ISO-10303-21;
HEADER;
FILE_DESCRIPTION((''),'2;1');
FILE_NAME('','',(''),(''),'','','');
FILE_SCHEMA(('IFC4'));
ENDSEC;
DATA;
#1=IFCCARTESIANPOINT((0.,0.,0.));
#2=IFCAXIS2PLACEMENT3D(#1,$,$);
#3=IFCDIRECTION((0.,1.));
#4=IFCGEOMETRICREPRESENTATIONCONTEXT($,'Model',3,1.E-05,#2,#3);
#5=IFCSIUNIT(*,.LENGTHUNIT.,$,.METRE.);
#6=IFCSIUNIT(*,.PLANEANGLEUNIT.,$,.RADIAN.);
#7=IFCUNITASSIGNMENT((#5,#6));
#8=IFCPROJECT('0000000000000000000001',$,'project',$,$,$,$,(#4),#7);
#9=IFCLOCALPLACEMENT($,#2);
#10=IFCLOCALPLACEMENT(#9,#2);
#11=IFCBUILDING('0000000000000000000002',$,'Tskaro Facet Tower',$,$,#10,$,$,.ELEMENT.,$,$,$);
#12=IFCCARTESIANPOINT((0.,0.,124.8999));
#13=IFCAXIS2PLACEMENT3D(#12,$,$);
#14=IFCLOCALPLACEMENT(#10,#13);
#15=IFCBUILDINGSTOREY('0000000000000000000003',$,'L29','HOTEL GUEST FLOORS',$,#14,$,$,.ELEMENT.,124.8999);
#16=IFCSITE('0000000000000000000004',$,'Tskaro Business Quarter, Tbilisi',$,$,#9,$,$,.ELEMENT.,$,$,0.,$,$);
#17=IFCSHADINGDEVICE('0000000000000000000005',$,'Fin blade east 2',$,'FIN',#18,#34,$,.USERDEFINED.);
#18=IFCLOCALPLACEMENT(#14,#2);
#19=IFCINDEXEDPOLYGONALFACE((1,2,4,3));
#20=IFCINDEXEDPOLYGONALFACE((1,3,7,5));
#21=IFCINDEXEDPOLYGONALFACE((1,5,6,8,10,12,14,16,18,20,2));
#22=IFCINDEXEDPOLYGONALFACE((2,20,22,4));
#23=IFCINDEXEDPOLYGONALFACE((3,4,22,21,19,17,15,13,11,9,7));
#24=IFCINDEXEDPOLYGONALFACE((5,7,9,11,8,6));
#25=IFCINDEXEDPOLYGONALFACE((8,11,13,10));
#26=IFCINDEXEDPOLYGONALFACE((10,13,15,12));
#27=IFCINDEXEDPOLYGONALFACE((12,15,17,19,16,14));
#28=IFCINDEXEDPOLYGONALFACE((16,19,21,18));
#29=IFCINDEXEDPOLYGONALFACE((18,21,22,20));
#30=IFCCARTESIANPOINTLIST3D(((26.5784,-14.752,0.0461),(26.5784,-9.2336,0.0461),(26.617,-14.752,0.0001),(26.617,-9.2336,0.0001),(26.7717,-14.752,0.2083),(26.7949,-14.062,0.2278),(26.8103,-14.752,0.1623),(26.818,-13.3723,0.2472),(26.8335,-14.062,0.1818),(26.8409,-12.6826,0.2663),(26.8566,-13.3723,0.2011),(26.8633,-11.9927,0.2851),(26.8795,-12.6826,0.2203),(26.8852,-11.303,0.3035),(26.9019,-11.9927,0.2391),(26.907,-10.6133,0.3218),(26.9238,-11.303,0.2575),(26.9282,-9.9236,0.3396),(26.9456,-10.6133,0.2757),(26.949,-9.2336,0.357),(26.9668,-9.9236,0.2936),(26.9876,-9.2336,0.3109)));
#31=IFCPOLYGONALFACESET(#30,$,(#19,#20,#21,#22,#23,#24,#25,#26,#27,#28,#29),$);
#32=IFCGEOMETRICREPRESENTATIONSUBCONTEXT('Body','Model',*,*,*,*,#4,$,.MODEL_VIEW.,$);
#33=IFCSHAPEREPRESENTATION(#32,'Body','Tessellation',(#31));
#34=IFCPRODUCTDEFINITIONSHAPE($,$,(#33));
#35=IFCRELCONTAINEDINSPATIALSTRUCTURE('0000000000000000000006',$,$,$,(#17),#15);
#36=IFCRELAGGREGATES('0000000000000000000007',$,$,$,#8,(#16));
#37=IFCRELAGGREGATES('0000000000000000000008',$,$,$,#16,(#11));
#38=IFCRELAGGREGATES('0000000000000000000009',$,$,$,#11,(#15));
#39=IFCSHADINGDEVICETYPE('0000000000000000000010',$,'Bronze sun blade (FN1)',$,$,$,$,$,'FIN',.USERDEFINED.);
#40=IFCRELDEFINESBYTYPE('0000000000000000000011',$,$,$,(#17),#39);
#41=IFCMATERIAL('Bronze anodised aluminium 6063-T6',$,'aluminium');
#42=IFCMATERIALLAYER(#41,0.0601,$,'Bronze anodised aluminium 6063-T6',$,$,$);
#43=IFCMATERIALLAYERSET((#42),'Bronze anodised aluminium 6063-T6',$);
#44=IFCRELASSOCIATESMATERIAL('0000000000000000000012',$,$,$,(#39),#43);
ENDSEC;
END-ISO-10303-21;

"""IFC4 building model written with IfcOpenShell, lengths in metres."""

from ifc_helpers import new_model, si_unit, direction, frame, origin, place, context, subcontext, project, spatial, polyline, outline, extrude, material, layer, layer_set, type_object, element, save


model = new_model("IFC4")

# Units and contexts
model_context = context("Model", 3, precision=1e-05, world=origin(), true_north=direction((0.0, 1.0)))
body_context = subcontext(model_context, "Body", "Model", "MODEL_VIEW")
ifc_project = project(units=[si_unit("LENGTHUNIT", "METRE"), si_unit("PLANEANGLEUNIT", "RADIAN")], contexts=[model_context])

# Site, building, storey
site_placement = place(None, origin())
site = spatial("IfcSite", under=ifc_project, at=site_placement, Name="Tskaro Business Quarter, Tbilisi", CompositionType="ELEMENT", RefElevation=0.0)
building_placement = place(site_placement, origin())
building = spatial("IfcBuilding", under=site, at=building_placement, Name="Tskaro Facet Tower", CompositionType="ELEMENT")
storey_placement = place(building_placement, frame((0.0, 0.0, 124.8999)))
storey = spatial("IfcBuildingStorey", under=building, at=storey_placement, Name="L29", Description="HOTEL GUEST FLOORS", CompositionType="ELEMENT", Elevation=124.8999)

# Shared definitions
ifc_material_1 = material(Name="Bronze anodised aluminium 6063-T6", Category="aluminium")

# Shading device
ifc_layer_1 = layer(ifc_material_1, 0.0601, Name="Bronze anodised aluminium 6063-T6")
ifc_layer_set_1 = layer_set([ifc_layer_1], Name="Bronze anodised aluminium 6063-T6")
shading_device_type = type_object("IfcShadingDeviceType", Name="Bronze sun blade (FN1)", ElementType="FIN", PredefinedType="USERDEFINED", material=ifc_layer_set_1)
shading_device_1_placement = place(storey_placement, frame((26.5784, -14.752, 0.0461), z_axis=(-0.642604, 0.0, 0.766199), x_axis=(0.0, 1.0, 0.0)))
element("IfcShadingDevice", 1, at=shading_device_1_placement, inside=storey, type_object=shading_device_type, Name="Fin blade east 2", ObjectType="FIN", PredefinedType="USERDEFINED", context=body_context, shape_type="SweptSolid", body=[
    extrude(outline(polyline([(0.0, 0.0), (5.5183, 0.0), (5.5183, -0.4837), (4.8284, -0.4566), (4.1387, -0.4289), (3.449, -0.4005), (2.7593, -0.3719), (2.0693, -0.3426), (1.3796, -0.3128), (0.6899, -0.2826), (0.0, -0.2523), (0.0, 0.0)])), origin(), (0.0, 0.0, -1.0), 0.0601),
])

save(model, "model.ifc")
